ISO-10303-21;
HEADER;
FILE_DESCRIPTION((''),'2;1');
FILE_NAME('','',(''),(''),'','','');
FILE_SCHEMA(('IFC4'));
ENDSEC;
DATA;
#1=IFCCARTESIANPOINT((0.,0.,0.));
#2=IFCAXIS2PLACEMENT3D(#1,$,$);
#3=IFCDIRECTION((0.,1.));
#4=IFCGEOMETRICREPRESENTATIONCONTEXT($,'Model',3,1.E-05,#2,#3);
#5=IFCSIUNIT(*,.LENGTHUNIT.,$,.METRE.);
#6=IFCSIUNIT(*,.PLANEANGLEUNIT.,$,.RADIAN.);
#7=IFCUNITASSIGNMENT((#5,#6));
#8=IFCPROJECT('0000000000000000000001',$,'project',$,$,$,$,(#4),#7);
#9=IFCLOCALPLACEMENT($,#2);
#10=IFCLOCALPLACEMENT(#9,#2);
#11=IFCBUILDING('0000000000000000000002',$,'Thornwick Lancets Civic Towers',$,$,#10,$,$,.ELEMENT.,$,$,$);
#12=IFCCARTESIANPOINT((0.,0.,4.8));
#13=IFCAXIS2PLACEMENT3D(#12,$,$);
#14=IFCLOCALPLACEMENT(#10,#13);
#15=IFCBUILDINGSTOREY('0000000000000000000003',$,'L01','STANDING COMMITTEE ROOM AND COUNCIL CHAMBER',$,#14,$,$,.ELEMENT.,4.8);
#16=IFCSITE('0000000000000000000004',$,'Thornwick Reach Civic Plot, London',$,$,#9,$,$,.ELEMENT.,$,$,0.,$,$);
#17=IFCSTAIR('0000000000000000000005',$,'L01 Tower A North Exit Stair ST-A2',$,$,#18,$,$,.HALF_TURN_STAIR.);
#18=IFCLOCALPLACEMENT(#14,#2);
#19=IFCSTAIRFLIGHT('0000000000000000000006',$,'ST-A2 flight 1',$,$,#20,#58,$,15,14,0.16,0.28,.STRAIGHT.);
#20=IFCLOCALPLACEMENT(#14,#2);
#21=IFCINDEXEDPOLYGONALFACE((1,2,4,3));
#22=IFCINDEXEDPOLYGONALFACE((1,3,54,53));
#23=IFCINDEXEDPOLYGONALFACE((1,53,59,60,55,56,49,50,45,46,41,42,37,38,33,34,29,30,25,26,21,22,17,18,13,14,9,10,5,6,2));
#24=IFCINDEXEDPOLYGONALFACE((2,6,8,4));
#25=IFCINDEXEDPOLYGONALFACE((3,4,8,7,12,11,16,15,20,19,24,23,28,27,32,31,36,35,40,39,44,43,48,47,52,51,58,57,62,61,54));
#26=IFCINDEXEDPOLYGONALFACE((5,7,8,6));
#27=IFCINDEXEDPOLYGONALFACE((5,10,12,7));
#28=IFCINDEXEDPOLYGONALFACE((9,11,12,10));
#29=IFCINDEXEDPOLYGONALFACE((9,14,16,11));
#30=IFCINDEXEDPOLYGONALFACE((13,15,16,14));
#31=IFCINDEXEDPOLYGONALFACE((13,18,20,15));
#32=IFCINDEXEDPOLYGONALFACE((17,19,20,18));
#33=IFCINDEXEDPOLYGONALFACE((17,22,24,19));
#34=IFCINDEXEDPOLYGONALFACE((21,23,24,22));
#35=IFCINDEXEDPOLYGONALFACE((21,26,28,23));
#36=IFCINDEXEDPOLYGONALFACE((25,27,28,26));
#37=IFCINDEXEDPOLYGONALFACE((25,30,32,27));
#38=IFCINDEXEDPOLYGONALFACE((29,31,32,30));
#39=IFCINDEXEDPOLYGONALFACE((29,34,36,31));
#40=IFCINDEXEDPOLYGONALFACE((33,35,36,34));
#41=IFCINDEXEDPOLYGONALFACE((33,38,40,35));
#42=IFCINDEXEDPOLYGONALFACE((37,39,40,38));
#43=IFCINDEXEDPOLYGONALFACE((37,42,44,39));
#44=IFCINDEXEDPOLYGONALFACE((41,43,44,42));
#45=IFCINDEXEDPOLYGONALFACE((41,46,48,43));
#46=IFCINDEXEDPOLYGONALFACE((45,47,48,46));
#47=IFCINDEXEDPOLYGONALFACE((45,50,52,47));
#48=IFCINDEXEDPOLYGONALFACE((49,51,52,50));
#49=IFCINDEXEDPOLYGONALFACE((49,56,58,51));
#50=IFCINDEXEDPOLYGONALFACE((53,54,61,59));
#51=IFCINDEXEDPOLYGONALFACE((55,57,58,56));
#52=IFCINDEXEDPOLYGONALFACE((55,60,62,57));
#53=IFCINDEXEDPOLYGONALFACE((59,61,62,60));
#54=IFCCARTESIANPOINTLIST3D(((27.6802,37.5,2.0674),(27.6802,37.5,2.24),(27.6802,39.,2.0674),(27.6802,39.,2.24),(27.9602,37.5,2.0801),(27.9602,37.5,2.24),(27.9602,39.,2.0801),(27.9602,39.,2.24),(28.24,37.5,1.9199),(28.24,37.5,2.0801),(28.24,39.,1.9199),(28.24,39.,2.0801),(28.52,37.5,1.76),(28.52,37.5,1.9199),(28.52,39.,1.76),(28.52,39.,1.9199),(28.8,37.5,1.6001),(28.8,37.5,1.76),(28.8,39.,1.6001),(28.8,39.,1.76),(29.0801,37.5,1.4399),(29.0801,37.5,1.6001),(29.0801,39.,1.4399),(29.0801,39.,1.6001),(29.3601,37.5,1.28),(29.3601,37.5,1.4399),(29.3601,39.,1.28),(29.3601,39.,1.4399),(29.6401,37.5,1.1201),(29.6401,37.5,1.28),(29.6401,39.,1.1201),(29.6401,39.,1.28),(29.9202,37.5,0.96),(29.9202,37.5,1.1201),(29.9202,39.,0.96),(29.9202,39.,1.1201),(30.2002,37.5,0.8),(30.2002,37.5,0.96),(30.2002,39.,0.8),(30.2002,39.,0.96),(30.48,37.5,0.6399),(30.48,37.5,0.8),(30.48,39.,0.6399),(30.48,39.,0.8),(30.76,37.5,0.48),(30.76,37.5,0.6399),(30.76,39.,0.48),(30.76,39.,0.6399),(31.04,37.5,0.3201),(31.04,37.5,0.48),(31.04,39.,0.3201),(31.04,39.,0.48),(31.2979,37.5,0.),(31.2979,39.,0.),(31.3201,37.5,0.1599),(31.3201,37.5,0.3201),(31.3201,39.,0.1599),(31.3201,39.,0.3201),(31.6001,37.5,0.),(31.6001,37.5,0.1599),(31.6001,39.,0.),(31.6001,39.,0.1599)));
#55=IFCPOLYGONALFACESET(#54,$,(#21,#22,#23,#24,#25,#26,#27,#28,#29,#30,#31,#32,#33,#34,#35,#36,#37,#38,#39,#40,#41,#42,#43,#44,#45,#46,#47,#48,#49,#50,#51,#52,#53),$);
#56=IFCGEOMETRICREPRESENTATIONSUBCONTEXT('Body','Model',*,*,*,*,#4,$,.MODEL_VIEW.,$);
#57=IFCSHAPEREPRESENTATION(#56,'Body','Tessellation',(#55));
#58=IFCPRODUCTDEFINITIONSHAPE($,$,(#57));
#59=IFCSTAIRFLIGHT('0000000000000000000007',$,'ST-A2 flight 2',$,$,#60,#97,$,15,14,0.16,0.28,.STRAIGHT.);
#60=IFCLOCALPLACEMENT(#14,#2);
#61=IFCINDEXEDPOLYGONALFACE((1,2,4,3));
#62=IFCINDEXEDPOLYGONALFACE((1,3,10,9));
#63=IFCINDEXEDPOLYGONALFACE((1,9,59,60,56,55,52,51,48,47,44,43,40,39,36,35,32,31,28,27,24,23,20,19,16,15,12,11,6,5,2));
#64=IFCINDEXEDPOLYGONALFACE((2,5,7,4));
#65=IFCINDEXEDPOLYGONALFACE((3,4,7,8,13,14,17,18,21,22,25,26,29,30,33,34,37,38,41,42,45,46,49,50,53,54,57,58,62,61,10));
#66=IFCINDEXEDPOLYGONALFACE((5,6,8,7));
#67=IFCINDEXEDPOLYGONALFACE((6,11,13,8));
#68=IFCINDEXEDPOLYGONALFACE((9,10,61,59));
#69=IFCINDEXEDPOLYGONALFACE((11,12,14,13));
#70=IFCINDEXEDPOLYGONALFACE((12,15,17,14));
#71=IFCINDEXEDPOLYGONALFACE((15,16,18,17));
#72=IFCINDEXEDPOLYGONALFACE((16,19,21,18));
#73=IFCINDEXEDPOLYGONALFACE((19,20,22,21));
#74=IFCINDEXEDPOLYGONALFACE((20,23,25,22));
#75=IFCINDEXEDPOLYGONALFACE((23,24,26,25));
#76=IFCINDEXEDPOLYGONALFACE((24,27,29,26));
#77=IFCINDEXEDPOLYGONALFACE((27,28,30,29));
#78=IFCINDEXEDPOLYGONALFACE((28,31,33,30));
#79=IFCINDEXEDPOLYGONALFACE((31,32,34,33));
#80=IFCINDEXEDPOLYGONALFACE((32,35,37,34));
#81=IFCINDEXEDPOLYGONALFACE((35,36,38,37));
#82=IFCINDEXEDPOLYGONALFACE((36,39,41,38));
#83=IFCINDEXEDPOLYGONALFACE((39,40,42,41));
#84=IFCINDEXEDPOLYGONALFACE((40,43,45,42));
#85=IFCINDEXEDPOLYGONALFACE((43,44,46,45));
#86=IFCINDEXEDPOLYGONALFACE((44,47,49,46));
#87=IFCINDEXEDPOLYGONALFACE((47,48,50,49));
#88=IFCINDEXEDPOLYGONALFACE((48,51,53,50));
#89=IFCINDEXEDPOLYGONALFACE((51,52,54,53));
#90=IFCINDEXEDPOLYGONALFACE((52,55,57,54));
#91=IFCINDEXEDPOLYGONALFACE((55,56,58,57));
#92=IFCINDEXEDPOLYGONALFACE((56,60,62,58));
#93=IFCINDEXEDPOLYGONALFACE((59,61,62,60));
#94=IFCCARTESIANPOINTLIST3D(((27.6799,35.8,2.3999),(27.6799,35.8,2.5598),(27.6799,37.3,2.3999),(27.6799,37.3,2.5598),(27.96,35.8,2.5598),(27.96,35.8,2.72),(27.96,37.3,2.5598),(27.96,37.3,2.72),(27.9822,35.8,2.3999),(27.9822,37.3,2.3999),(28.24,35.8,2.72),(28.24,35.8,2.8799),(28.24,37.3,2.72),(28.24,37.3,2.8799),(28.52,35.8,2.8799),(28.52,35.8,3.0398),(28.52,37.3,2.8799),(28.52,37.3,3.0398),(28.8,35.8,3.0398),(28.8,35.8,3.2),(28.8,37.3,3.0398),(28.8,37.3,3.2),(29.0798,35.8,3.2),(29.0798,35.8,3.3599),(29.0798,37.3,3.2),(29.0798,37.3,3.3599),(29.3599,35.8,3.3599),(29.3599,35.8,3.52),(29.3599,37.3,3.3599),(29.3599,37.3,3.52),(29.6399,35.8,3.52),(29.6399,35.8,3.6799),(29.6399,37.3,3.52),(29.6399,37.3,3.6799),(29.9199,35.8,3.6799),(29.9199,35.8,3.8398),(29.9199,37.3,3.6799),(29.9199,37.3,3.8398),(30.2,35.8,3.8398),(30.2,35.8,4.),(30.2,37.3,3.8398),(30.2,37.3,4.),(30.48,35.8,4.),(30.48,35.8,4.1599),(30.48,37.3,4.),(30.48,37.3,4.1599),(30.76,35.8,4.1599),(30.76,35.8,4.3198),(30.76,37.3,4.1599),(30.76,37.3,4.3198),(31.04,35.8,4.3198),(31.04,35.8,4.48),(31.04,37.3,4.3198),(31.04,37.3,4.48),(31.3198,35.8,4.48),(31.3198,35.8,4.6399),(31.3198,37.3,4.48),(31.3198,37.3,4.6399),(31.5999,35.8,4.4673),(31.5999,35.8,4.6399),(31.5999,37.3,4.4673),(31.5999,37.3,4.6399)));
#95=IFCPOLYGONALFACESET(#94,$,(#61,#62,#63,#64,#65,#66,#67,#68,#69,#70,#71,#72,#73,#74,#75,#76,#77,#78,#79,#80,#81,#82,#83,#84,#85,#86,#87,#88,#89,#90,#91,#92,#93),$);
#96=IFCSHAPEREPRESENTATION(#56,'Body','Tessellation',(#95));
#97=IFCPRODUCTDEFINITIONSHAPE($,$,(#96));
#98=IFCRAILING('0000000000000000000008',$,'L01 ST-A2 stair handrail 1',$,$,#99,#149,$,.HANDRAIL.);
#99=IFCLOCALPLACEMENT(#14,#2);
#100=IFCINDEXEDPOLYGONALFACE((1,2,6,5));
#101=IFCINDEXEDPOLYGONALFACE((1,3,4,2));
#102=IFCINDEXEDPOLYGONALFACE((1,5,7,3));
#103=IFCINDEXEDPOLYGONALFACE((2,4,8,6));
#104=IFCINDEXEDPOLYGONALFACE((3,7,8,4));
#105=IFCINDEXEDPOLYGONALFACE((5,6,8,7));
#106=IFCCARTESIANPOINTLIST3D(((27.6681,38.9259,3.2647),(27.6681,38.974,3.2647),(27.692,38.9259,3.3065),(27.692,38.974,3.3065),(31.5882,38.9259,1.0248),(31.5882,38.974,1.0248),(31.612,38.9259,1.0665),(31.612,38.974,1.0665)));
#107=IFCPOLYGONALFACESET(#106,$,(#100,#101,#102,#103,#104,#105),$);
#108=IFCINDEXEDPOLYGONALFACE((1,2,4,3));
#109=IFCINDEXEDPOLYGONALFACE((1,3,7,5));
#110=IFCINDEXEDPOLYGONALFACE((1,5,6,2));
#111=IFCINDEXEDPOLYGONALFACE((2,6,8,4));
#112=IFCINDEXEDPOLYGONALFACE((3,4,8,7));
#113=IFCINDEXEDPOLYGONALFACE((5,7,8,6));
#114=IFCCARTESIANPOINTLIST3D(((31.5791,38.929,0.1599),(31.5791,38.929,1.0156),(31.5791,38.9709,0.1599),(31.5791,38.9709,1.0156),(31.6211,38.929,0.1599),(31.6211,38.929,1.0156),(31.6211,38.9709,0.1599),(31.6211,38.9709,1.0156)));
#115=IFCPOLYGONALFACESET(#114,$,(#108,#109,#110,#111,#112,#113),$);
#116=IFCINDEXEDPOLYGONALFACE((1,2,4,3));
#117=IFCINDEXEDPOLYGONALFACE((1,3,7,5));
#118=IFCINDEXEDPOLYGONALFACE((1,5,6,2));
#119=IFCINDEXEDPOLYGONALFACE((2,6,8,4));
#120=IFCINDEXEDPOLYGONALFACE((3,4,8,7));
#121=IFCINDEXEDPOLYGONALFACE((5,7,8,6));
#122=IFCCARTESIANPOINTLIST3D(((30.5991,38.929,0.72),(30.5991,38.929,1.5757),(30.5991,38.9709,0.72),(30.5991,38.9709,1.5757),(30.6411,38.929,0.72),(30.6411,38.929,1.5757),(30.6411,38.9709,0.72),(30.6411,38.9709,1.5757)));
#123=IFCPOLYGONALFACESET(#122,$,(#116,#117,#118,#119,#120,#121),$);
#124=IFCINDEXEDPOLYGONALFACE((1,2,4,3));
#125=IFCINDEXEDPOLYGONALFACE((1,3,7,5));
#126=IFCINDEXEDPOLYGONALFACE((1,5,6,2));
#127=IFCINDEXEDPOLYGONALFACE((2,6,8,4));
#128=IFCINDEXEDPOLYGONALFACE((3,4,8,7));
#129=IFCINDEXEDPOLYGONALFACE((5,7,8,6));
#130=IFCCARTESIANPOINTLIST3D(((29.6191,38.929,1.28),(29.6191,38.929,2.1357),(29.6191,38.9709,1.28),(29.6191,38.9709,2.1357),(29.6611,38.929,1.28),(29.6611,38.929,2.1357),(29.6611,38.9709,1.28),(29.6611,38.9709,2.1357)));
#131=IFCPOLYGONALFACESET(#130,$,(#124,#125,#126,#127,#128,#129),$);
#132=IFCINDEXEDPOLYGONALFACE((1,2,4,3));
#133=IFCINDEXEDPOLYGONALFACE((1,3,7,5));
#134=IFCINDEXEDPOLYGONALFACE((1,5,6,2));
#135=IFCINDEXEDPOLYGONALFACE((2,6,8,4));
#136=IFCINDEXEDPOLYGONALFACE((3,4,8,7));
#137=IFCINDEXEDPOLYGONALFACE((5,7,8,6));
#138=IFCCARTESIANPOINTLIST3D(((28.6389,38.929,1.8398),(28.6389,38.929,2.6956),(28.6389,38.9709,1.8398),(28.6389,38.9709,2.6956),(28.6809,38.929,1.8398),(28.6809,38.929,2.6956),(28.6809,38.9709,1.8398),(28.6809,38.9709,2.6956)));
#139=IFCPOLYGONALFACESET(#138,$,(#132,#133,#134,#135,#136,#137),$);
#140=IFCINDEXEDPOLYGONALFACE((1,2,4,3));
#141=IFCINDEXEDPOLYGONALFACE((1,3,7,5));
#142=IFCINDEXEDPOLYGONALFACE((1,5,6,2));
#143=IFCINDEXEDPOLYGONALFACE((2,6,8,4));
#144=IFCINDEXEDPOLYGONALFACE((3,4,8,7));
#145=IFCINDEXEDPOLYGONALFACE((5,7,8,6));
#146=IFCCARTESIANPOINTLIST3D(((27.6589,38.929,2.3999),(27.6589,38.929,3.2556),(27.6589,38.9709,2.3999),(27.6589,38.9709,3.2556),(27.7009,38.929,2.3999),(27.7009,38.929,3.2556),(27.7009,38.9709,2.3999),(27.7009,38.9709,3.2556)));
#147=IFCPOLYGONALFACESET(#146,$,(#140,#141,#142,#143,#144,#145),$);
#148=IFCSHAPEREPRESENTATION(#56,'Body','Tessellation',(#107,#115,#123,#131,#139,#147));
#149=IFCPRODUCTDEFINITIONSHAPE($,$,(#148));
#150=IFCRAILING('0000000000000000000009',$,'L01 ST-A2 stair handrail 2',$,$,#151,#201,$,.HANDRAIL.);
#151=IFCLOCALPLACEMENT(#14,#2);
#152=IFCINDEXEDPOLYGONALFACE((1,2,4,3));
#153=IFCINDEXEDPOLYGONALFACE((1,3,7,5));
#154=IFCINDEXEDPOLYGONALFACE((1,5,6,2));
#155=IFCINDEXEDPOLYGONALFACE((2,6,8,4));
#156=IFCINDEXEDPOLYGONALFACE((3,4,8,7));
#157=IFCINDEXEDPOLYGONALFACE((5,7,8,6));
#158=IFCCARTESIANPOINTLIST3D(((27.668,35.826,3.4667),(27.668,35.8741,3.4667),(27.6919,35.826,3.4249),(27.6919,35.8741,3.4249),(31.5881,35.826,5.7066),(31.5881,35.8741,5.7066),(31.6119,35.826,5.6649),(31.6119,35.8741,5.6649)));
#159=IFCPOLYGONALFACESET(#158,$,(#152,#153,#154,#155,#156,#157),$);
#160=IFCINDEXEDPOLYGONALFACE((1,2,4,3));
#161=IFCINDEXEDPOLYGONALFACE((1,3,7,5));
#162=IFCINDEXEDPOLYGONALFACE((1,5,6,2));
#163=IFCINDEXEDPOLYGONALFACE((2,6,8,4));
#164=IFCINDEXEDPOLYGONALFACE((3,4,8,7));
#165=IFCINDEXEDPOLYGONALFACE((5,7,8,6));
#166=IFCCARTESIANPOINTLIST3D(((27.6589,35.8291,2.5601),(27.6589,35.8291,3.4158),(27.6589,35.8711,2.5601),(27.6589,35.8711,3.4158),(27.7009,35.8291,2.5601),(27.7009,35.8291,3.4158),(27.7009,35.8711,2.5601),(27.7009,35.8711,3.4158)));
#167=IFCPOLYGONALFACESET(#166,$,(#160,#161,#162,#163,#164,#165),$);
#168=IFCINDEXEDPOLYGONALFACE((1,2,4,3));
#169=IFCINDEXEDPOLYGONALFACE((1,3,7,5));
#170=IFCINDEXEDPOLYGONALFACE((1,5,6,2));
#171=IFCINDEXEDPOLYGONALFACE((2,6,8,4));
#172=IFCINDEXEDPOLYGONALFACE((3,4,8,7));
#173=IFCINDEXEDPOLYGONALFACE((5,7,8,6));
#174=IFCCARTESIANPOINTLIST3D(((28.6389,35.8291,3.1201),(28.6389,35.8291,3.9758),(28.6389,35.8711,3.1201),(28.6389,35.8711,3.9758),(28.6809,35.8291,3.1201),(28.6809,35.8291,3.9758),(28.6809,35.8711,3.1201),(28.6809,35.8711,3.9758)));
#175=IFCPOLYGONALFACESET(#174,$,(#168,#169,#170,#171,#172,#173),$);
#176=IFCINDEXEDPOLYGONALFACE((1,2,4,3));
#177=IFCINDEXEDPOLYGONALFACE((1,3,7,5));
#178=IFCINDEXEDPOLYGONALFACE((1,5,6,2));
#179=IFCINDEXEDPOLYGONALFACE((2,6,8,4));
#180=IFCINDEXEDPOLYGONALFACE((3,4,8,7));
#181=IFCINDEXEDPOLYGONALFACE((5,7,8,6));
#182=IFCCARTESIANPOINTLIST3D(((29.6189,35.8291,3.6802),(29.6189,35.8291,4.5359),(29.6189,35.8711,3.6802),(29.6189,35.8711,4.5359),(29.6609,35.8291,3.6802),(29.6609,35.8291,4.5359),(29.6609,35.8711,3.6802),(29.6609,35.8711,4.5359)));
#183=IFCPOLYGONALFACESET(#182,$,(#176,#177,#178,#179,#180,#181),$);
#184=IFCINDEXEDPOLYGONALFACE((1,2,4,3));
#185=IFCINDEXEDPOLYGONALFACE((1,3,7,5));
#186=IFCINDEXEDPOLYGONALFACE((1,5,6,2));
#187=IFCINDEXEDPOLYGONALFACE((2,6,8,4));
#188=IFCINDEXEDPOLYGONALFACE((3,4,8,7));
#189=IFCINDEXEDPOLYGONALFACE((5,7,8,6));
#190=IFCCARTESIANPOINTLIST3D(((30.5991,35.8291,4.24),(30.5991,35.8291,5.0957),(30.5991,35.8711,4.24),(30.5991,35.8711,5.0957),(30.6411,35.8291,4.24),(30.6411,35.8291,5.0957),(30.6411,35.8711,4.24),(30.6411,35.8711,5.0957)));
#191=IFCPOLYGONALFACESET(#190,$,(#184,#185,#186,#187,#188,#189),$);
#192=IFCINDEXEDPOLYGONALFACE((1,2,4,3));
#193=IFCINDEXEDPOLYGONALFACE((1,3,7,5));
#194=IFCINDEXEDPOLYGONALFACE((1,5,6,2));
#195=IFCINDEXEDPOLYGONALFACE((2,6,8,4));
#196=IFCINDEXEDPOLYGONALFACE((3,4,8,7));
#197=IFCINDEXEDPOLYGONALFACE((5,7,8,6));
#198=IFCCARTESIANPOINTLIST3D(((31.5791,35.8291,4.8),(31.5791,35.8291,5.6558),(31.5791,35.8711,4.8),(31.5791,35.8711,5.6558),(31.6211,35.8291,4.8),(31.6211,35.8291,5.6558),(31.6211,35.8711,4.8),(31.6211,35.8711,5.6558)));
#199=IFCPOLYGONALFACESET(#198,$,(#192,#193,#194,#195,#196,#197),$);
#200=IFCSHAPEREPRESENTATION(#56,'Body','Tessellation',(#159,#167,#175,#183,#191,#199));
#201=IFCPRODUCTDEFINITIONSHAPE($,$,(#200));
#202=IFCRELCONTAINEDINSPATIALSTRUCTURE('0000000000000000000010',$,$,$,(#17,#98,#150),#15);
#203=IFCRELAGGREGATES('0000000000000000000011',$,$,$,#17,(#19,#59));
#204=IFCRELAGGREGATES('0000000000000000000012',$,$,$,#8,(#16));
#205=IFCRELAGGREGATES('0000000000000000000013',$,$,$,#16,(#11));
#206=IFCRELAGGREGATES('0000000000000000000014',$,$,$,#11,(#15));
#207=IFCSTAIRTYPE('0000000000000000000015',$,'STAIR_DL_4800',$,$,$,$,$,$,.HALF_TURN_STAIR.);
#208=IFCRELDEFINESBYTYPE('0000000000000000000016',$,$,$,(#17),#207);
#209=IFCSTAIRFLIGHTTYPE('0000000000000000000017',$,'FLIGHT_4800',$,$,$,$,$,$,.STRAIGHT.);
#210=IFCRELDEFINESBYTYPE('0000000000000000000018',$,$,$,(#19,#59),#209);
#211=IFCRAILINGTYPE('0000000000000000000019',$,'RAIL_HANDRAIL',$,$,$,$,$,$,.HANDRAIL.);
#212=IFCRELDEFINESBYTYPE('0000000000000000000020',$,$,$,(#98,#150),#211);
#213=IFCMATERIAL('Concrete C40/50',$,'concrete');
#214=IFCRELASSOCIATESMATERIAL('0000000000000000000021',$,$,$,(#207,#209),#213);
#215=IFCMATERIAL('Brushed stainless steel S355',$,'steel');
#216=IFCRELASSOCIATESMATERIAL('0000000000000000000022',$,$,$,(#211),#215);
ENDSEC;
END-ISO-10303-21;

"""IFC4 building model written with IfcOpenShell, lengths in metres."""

from ifc_helpers import new_model, si_unit, direction, frame, origin, origin_2d, place, context, subcontext, project, spatial, polyline, rectangle, outline, extrude, material, type_object, element, aggregate, save


model = new_model("IFC4")

# Units and contexts
model_context = context("Model", 3, precision=1e-05, world=origin(), true_north=direction((0.0, 1.0)))
body_context = subcontext(model_context, "Body", "Model", "MODEL_VIEW")
ifc_project = project(units=[si_unit("LENGTHUNIT", "METRE"), si_unit("PLANEANGLEUNIT", "RADIAN")], contexts=[model_context])

# Site, building, storey
site_placement = place(None, origin())
site = spatial("IfcSite", under=ifc_project, at=site_placement, Name="Thornwick Reach Civic Plot, London", CompositionType="ELEMENT", RefElevation=0.0)
building_placement = place(site_placement, origin())
building = spatial("IfcBuilding", under=site, at=building_placement, Name="Thornwick Lancets Civic Towers", CompositionType="ELEMENT")
storey_placement = place(building_placement, frame((0.0, 0.0, 4.8)))
storey = spatial("IfcBuildingStorey", under=building, at=storey_placement, Name="L01", Description="STANDING COMMITTEE ROOM AND COUNCIL CHAMBER", CompositionType="ELEMENT", Elevation=4.8)

# Shared definitions
ifc_material_1 = material(Name="Concrete C40/50", Category="concrete")

# Stair, stair flights
stair_type = type_object("IfcStairType", Name="STAIR_DL_4800", PredefinedType="HALF_TURN_STAIR", material=ifc_material_1)
stair_placement = place(storey_placement, origin())
stair = element("IfcStair", 1, at=stair_placement, inside=storey, type_object=stair_type, Name="L01 Tower A North Exit Stair ST-A2", PredefinedType="HALF_TURN_STAIR")
stair_flight_type = type_object("IfcStairFlightType", Name="FLIGHT_4800", PredefinedType="STRAIGHT", material=ifc_material_1)
stair_flight_1_placement = place(storey_placement, frame((31.6001, 38.25, 0.0), z_axis=(0.0, 0.0, 1.0), x_axis=(-1.0, 0.0, 0.0)))
stair_flight_1 = element("IfcStairFlight", 2, at=stair_flight_1_placement, type_object=stair_flight_type, Name="ST-A2 flight 1", NumberOfRisers=15, NumberOfTreads=14, PredefinedType="STRAIGHT", RiserHeight=0.16, TreadLength=0.28, context=body_context, shape_type="SweptSolid", body=[
    extrude(outline(polyline([(0.0, 0.0), (0.0, 0.1599), (0.28, 0.1599), (0.28, 0.3201), (0.5601, 0.3201), (0.5601, 0.48), (0.8401, 0.48), (0.8401, 0.6399), (1.1201, 0.6399), (1.1201, 0.8), (1.3999, 0.8), (1.3999, 0.96), (1.6799, 0.96), (1.6799, 1.1201), (1.96, 1.1201), (1.96, 1.28), (2.24, 1.28), (2.24, 1.4399), (2.52, 1.4399), (2.52, 1.6001), (2.8, 1.6001), (2.8, 1.76), (3.0801, 1.76), (3.0801, 1.9199), (3.3601, 1.9199), (3.3601, 2.0801), (3.6399, 2.0801), (3.6399, 2.24), (3.9199, 2.24), (3.9199, 2.3999), (3.9199, 2.0674), (0.3022, 0.0), (0.0, 0.0)])), frame((0.0, 0.75, 0.0), z_axis=(0.0, -1.0, 0.0), x_axis=(1.0, 0.0, 0.0)), (0.0, 0.0, 1.0), 1.5),
])
stair_flight_2_placement = place(storey_placement, frame((27.6799, 36.55, 2.3999), z_axis=(0.0, 0.0, 1.0), x_axis=(1.0, 0.0, 0.0)))
stair_flight_2 = element("IfcStairFlight", 3, at=stair_flight_2_placement, type_object=stair_flight_type, Name="ST-A2 flight 2", NumberOfRisers=15, NumberOfTreads=14, PredefinedType="STRAIGHT", RiserHeight=0.16, TreadLength=0.28, context=body_context, shape_type="SweptSolid", body=[
    extrude(outline(polyline([(0.0, 0.0), (0.0, 0.1599), (0.28, 0.1599), (0.28, 0.3201), (0.5601, 0.3201), (0.5601, 0.48), (0.8401, 0.48), (0.8401, 0.6399), (1.1201, 0.6399), (1.1201, 0.8), (1.3999, 0.8), (1.3999, 0.96), (1.6799, 0.96), (1.6799, 1.1201), (1.96, 1.1201), (1.96, 1.28), (2.24, 1.28), (2.24, 1.4399), (2.52, 1.4399), (2.52, 1.6001), (2.8, 1.6001), (2.8, 1.76), (3.0801, 1.76), (3.0801, 1.9199), (3.3601, 1.9199), (3.3601, 2.0801), (3.6399, 2.0801), (3.6399, 2.24), (3.9199, 2.24), (3.9199, 2.3999), (3.9199, 2.0674), (0.3022, 0.0), (0.0, 0.0)])), frame((0.0, 0.75, 0.0), z_axis=(0.0, -1.0, 0.0), x_axis=(1.0, 0.0, 0.0)), (0.0, 0.0, 1.0), 1.5),
])
aggregate(stair, [stair_flight_1, stair_flight_2])

# Railings
ifc_material_2 = material(Name="Brushed stainless steel S355", Category="steel")
railing_type_1 = type_object("IfcRailingType", Name="RAIL_HANDRAIL", PredefinedType="HANDRAIL", material=ifc_material_2)
railing_1_placement = place(storey_placement, frame((31.6001, 38.95, 0.1599)))
element("IfcRailing", 4, at=railing_1_placement, inside=storey, type_object=railing_type_1, Name="L01 ST-A2 stair handrail 1", PredefinedType="HANDRAIL", context=body_context, shape_type="SweptSolid", body=[
    extrude(rectangle(XDim=0.0481, YDim=0.0481, at=origin_2d()), frame((0.0, 0.0, 0.8857), z_axis=(-0.868253, 0.0, 0.496121), x_axis=(0.0, -1.0, 0.0)), (0.0, 0.0, 1.0), 4.5149),
    extrude(rectangle(XDim=0.042, YDim=0.042, at=origin_2d()), origin(), (0.0, 0.0, 1.0), 0.8557),
    extrude(rectangle(XDim=0.042, YDim=0.042, at=origin_2d()), frame((-0.98, 0.0, 0.5601)), (0.0, 0.0, 1.0), 0.8557),
    extrude(rectangle(XDim=0.042, YDim=0.042, at=origin_2d()), frame((-1.96, 0.0, 1.1201)), (0.0, 0.0, 1.0), 0.8557),
    extrude(rectangle(XDim=0.042, YDim=0.042, at=origin_2d()), frame((-2.9402, 0.0, 1.6799)), (0.0, 0.0, 1.0), 0.8557),
    extrude(rectangle(XDim=0.042, YDim=0.042, at=origin_2d()), frame((-3.9202, 0.0, 2.24)), (0.0, 0.0, 1.0), 0.8557),
])
railing_2_placement = place(storey_placement, frame((27.6799, 35.8501, 2.5601)))
element("IfcRailing", 5, at=railing_2_placement, inside=storey, type_object=railing_type_1, Name="L01 ST-A2 stair handrail 2", PredefinedType="HANDRAIL", context=body_context, shape_type="SweptSolid", body=[
    extrude(rectangle(XDim=0.0481, YDim=0.0481, at=origin_2d()), frame((0.0, 0.0, 0.8857), z_axis=(0.868253, 0.0, 0.496121), x_axis=(0.0, 1.0, 0.0)), (0.0, 0.0, 1.0), 4.5149),
    extrude(rectangle(XDim=0.042, YDim=0.042, at=origin_2d()), origin(), (0.0, 0.0, 1.0), 0.8557),
    extrude(rectangle(XDim=0.042, YDim=0.042, at=origin_2d()), frame((0.98, 0.0, 0.5601)), (0.0, 0.0, 1.0), 0.8557),
    extrude(rectangle(XDim=0.042, YDim=0.042, at=origin_2d()), frame((1.96, 0.0, 1.1201)), (0.0, 0.0, 1.0), 0.8557),
    extrude(rectangle(XDim=0.042, YDim=0.042, at=origin_2d()), frame((2.9402, 0.0, 1.6799)), (0.0, 0.0, 1.0), 0.8557),
    extrude(rectangle(XDim=0.042, YDim=0.042, at=origin_2d()), frame((3.9202, 0.0, 2.24)), (0.0, 0.0, 1.0), 0.8557),
])

save(model, "model.ifc")
